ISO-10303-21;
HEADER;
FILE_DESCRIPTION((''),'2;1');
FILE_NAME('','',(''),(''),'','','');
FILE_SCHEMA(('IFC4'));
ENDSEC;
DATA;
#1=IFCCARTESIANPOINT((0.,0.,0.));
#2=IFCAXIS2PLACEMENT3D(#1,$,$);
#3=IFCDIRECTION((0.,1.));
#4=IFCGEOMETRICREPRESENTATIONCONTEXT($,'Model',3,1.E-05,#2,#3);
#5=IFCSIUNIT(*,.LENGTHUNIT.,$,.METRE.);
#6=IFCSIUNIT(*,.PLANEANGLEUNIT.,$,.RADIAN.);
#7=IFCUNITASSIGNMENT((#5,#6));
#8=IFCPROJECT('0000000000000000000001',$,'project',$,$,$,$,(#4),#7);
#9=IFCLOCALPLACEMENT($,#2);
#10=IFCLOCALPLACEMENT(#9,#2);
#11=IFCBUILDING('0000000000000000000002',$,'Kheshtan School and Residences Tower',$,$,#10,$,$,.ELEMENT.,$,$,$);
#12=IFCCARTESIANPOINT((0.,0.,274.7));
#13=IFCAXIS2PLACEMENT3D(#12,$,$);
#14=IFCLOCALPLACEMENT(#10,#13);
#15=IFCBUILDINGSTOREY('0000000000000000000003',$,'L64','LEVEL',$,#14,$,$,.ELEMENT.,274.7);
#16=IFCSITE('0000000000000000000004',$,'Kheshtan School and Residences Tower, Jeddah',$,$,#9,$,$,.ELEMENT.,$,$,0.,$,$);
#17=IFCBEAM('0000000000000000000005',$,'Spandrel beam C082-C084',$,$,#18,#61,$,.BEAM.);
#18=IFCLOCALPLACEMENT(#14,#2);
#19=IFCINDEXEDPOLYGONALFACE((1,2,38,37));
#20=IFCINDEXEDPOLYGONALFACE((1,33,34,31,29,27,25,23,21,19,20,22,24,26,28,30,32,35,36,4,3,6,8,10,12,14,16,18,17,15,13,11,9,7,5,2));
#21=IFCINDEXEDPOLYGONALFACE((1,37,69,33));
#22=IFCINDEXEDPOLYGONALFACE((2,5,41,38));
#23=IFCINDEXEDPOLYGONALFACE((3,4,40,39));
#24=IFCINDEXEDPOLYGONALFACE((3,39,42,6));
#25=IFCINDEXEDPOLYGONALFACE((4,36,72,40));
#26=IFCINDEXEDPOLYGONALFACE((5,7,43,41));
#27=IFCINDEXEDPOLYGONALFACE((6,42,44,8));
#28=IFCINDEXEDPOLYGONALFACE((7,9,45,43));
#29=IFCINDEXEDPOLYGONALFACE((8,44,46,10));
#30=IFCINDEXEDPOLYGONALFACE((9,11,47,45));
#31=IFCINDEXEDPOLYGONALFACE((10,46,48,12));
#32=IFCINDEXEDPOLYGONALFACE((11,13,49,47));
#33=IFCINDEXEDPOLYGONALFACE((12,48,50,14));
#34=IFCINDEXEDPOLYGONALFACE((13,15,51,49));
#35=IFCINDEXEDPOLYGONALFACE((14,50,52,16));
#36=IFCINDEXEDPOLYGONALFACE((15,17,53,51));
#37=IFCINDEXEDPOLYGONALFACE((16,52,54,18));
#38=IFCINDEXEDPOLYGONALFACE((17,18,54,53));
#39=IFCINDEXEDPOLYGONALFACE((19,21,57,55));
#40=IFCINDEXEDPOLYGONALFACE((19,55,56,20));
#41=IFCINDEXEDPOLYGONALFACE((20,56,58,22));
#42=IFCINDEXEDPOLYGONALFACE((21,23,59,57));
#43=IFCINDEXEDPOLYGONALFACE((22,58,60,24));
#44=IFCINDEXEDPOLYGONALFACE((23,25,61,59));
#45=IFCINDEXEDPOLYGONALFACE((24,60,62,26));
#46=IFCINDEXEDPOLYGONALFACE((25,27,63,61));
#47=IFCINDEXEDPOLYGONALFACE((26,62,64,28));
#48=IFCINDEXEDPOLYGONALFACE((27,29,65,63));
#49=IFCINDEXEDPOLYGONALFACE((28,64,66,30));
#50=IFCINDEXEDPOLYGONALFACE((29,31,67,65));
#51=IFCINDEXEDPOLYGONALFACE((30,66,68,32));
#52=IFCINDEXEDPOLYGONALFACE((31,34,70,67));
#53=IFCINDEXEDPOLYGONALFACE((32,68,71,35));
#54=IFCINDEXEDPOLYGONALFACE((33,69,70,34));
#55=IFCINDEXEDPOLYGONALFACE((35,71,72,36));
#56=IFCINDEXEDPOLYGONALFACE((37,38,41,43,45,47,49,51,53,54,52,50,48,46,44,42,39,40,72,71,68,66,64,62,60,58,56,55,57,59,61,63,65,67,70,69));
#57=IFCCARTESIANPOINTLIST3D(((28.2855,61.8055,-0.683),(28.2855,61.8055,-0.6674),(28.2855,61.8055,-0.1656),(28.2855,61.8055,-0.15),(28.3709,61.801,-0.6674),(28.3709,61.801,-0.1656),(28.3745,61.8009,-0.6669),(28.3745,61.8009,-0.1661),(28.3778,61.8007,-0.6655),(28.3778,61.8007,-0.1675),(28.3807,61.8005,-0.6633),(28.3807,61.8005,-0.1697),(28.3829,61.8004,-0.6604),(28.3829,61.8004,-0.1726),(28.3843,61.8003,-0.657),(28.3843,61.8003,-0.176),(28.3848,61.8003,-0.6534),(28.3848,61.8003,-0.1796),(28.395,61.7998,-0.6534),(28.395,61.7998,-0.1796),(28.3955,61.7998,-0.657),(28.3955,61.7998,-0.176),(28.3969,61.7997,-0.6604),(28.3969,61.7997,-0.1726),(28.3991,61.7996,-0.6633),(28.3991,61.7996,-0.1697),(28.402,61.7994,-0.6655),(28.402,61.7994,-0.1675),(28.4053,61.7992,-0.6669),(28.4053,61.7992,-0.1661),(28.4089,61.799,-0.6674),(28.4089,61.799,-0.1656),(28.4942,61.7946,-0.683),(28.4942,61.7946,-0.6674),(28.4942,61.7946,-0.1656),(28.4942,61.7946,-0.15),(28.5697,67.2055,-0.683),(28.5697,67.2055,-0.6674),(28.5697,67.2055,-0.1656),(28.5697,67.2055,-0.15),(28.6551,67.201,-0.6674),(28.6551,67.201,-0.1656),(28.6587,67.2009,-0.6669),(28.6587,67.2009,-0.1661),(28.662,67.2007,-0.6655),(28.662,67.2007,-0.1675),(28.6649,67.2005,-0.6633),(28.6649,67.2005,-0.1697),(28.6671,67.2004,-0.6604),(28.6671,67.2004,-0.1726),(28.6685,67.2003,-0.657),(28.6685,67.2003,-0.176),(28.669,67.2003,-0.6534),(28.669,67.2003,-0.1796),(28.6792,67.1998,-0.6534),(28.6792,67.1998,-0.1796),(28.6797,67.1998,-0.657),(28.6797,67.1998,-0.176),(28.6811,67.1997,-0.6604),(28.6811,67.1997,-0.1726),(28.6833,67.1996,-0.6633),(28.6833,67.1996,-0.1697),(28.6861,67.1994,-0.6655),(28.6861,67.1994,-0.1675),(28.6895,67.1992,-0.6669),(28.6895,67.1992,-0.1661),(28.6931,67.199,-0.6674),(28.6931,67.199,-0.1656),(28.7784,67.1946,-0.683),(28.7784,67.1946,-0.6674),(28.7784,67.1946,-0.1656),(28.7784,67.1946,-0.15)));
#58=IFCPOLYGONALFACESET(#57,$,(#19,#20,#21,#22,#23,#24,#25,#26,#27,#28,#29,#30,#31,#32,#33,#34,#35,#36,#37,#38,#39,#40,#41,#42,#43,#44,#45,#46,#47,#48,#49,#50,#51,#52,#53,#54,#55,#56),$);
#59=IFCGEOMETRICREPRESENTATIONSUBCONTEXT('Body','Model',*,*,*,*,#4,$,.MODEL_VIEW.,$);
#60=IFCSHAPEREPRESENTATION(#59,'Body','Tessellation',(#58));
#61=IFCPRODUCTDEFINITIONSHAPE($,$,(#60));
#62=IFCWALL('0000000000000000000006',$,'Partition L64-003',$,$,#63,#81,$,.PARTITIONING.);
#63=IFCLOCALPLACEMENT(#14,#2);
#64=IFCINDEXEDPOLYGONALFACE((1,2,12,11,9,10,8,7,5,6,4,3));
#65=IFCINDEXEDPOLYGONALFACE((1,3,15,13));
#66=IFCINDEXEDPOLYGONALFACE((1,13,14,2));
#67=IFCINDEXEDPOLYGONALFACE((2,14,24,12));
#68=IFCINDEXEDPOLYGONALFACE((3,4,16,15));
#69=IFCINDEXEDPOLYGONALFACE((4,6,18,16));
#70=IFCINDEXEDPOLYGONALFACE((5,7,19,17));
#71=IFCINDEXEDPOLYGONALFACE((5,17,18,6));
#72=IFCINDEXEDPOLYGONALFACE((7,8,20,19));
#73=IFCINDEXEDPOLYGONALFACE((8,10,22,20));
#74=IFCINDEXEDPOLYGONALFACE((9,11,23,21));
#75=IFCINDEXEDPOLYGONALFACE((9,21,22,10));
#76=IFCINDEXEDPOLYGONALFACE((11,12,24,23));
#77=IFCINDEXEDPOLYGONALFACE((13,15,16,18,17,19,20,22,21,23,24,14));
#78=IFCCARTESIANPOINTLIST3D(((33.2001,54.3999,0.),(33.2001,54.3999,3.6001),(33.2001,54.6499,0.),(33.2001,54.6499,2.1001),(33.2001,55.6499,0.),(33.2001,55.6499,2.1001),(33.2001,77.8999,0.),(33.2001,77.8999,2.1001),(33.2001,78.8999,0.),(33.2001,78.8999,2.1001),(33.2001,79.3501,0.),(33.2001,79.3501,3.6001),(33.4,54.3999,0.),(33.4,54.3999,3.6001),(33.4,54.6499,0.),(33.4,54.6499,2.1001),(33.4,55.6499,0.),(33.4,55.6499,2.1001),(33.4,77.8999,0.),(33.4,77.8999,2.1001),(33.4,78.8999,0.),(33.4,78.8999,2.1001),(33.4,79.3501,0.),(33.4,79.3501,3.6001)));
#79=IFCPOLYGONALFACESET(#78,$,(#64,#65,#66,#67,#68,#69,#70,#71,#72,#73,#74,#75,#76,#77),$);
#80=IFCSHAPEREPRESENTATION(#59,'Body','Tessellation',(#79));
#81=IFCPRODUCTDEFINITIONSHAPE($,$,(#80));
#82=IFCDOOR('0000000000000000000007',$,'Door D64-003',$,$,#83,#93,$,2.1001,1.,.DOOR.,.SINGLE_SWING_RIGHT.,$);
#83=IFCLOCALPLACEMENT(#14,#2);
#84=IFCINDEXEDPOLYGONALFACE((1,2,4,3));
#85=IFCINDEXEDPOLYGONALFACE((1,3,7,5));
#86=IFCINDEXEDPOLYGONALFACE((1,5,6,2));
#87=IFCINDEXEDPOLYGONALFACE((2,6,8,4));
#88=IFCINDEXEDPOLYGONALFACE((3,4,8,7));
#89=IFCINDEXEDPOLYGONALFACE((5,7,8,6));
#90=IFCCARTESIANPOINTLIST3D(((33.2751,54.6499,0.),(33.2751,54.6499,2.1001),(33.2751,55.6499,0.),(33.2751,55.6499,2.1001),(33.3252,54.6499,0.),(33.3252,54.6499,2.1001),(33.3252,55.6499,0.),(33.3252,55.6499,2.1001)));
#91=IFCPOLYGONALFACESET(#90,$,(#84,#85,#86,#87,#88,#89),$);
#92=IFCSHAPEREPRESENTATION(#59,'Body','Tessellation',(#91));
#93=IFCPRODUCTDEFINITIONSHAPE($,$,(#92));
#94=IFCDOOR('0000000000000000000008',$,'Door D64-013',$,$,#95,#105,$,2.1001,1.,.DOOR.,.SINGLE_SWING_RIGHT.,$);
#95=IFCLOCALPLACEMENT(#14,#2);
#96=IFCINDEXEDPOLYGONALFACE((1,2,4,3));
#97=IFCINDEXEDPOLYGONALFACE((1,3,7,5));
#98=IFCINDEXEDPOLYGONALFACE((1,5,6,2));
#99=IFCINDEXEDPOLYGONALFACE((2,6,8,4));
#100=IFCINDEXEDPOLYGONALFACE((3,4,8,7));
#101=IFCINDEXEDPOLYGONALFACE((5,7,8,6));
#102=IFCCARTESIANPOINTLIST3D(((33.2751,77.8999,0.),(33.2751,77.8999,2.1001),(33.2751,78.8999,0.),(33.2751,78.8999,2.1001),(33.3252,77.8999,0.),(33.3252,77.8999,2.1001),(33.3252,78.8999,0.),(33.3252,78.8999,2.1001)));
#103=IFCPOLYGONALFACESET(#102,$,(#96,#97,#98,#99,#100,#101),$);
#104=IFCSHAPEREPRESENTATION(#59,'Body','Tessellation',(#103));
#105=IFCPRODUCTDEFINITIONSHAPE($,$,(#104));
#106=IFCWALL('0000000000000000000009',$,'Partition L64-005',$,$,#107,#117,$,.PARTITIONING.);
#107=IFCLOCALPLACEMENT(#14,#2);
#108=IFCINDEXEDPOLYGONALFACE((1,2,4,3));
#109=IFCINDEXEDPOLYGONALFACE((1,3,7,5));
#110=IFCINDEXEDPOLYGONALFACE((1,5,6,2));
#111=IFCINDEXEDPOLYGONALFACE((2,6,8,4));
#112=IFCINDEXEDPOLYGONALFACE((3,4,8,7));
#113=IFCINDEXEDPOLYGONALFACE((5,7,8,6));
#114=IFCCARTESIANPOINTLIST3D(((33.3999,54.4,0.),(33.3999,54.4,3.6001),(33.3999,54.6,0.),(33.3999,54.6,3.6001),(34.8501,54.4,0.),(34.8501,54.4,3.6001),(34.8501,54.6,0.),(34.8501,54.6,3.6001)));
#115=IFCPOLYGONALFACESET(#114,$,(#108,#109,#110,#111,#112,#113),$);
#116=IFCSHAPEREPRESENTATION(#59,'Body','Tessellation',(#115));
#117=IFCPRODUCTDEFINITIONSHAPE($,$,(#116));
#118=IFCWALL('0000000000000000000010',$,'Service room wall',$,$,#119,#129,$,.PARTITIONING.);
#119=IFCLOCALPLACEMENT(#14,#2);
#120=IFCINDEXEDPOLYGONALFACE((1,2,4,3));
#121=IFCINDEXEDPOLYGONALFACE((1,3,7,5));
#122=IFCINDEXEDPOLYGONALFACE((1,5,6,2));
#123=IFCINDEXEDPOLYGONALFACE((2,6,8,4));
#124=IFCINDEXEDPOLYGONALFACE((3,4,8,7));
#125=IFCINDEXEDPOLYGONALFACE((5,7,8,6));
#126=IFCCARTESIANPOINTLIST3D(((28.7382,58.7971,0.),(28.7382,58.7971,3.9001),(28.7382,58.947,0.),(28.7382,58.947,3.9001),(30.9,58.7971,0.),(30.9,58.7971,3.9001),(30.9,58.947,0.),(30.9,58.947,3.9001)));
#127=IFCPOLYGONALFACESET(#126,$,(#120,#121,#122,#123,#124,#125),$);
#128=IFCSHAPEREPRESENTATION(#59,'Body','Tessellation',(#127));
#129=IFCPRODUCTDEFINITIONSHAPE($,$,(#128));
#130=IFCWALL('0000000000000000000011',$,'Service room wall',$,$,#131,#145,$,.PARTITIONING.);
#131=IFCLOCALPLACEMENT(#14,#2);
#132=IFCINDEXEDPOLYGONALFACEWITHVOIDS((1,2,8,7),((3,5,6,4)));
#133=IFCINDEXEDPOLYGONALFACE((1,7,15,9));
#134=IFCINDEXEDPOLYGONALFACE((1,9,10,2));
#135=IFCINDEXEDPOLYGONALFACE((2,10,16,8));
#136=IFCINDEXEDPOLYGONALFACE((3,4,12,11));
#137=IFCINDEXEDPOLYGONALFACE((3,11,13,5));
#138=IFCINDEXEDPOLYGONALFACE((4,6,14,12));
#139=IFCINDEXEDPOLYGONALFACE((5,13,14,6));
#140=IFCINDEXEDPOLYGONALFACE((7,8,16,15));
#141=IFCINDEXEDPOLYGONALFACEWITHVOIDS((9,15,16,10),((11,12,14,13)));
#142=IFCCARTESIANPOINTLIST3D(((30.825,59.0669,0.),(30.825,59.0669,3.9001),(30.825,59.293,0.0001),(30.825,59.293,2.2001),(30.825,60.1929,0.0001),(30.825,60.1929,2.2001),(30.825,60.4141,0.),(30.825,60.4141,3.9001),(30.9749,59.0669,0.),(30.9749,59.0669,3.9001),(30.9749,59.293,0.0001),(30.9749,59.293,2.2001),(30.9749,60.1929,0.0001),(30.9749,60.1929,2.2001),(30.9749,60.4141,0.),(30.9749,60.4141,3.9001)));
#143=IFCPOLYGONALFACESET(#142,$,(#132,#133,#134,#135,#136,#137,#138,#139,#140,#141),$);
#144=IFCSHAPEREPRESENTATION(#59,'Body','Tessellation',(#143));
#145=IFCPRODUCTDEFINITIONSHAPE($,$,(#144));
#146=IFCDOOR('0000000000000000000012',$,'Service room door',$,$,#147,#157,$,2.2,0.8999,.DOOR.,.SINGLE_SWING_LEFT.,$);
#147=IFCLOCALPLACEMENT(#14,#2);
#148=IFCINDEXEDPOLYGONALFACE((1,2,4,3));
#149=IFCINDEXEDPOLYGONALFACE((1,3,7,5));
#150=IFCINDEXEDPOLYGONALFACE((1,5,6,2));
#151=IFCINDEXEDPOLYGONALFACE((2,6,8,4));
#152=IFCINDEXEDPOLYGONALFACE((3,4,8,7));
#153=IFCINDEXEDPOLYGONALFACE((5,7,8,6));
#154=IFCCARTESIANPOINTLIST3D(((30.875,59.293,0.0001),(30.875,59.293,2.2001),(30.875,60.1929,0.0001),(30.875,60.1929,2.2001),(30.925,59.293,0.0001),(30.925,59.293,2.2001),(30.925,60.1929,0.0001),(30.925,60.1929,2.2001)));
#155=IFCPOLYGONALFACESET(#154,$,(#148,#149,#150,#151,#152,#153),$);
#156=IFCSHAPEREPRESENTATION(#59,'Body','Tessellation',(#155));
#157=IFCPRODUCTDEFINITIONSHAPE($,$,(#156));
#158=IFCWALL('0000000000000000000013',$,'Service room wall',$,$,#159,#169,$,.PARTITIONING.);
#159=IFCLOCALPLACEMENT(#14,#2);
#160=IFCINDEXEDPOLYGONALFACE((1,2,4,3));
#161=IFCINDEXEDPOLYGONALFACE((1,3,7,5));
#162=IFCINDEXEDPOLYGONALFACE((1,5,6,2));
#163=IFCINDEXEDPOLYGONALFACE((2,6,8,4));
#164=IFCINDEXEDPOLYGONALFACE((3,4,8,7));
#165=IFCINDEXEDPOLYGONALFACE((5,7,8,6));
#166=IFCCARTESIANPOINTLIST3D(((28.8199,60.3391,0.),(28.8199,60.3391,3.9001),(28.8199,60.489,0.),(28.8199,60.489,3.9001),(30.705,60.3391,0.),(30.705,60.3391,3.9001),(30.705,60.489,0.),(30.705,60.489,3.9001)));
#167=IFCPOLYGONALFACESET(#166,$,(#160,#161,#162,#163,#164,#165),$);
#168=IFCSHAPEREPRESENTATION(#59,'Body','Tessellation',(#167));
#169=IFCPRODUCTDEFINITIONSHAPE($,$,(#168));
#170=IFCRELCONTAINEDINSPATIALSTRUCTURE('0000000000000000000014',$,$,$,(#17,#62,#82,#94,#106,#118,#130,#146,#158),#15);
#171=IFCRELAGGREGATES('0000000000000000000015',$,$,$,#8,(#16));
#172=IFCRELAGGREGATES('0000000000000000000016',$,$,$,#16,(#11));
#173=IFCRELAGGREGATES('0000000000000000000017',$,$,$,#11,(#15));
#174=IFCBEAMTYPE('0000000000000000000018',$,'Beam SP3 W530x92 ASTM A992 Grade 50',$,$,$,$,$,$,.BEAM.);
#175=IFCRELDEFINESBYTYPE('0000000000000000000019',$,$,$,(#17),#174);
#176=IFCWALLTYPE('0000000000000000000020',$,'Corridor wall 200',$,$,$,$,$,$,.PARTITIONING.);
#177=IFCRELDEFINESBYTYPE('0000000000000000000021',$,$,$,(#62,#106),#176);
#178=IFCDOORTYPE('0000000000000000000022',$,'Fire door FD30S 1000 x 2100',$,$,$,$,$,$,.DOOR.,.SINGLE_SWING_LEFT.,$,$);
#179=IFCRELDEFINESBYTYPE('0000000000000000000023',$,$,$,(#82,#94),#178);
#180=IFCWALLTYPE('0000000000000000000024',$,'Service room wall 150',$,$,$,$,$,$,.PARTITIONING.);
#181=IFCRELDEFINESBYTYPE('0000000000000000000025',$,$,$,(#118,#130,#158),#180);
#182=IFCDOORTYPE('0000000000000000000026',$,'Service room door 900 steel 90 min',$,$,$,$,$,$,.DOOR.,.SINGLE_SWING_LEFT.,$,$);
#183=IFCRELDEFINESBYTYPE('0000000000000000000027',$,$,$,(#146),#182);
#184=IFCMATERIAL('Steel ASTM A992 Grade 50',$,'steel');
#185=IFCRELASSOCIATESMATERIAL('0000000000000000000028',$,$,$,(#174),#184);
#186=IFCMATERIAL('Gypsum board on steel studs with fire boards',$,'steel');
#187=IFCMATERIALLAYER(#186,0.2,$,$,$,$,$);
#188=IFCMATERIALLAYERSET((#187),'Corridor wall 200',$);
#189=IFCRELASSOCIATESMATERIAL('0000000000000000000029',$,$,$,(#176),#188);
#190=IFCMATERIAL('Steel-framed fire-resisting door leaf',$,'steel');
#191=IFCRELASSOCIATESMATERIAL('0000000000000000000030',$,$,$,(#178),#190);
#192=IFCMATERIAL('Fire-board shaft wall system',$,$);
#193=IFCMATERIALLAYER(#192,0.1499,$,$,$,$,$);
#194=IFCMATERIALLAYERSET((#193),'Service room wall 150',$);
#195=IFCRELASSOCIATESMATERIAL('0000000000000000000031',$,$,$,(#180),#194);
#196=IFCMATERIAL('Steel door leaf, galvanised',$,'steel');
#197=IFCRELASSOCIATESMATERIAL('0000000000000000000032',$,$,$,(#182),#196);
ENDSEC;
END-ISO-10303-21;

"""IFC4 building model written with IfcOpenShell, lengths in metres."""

from ifc_helpers import new_model, si_unit, direction, frame, frame_2d, origin, origin_2d, place, context, subcontext, project, spatial, rectangle, i_section, extrude, source, transform, mapped, material, layer, layer_set, material_profile, profile_set, type_object, element, fill, save


model = new_model("IFC4")

# Units and contexts
model_context = context("Model", 3, precision=1e-05, world=origin(), true_north=direction((0.0, 1.0)))
body_context = subcontext(model_context, "Body", "Model", "MODEL_VIEW")
ifc_project = project(units=[si_unit("LENGTHUNIT", "METRE"), si_unit("PLANEANGLEUNIT", "RADIAN")], contexts=[model_context])

# Site, building, storey
site_placement = place(None, origin())
site = spatial("IfcSite", under=ifc_project, at=site_placement, Name="Kheshtan School and Residences Tower, Jeddah", CompositionType="ELEMENT", RefElevation=0.0)
building_placement = place(site_placement, origin())
building = spatial("IfcBuilding", under=site, at=building_placement, Name="Kheshtan School and Residences Tower", CompositionType="ELEMENT")
storey_placement = place(building_placement, frame((0.0, 0.0, 274.7)))
storey = spatial("IfcBuildingStorey", under=building, at=storey_placement, Name="L64", Description="LEVEL", CompositionType="ELEMENT", Elevation=274.7)

# Shared definitions
ifc_material_1 = material(Name="Steel ASTM A992 Grade 50", Category="steel")

# Beam
ifc_material_profile_1 = material_profile(ifc_material_1, i_section(OverallWidth=0.209, OverallDepth=0.533, WebThickness=0.0103, FlangeThickness=0.0156, FilletRadius=0.0139, at=origin_2d()), Name="W530x92")
ifc_profile_set_1 = profile_set([ifc_material_profile_1], Name="Steel ASTM A992 Grade 50")
beam_type_1 = type_object("IfcBeamType", Name="Beam SP3 W530x92 ASTM A992 Grade 50", PredefinedType="BEAM", material=ifc_profile_set_1)
beam_1_placement = place(storey_placement, frame((28.3899, 61.8, -0.4165), z_axis=(0.052554, 0.998618, 0.0), x_axis=(-0.998618, 0.052554, 0.0)))
element("IfcBeam", 1, at=beam_1_placement, inside=storey, type_object=beam_type_1, Name="Spandrel beam C082-C084", PredefinedType="BEAM", context=body_context, shape_type="SweptSolid", body=[
    extrude(i_section(OverallWidth=0.209, OverallDepth=0.533, WebThickness=0.0103, FlangeThickness=0.0156, FilletRadius=0.0139, at=origin_2d()), origin(), (0.0, 0.0, 1.0), 5.4075),
])

# Wall, openings, doors
ifc_material_2 = material(Name="Gypsum board on steel studs with fire boards", Category="steel")
ifc_layer_1 = layer(ifc_material_2, 0.2)
ifc_layer_set_1 = layer_set([ifc_layer_1], Name="Corridor wall 200")
wall_type_1 = type_object("IfcWallType", Name="Corridor wall 200", PredefinedType="PARTITIONING", material=ifc_layer_set_1)
wall_1_placement = place(storey_placement, frame((33.3, 54.3999, 0.0), z_axis=(0.0, 0.0, 1.0), x_axis=(0.0, 1.0, 0.0)))
wall_1 = element("IfcWall", 2, at=wall_1_placement, inside=storey, type_object=wall_type_1, Name="Partition L64-003", PredefinedType="PARTITIONING", context=body_context, shape_type="SweptSolid", body=[
    extrude(rectangle(XDim=24.9502, YDim=0.2, at=frame_2d((12.4751, 0.0))), origin(), (0.0, 0.0, 1.0), 3.6001),
])
opening_1_placement = place(wall_1_placement, frame((0.25, 0.0, 0.0)))
opening_1 = element("IfcOpeningElement", 3, at=opening_1_placement, cuts=wall_1, PredefinedType="OPENING", context=body_context, shape_type="SweptSolid", body=[
    extrude(rectangle(XDim=1.0, YDim=2.1001, at=frame_2d((0.5, 1.05))), frame((0.0, 0.1099, 0.0), z_axis=(0.0, -1.0, 0.0), x_axis=(1.0, 0.0, 0.0)), (0.0, 0.0, 1.0), 0.22),
])
opening_2_placement = place(wall_1_placement, frame((23.5, 0.0, 0.0)))
opening_2 = element("IfcOpeningElement", 4, at=opening_2_placement, cuts=wall_1, PredefinedType="OPENING", context=body_context, shape_type="SweptSolid", body=[
    extrude(rectangle(XDim=1.0, YDim=2.1001, at=frame_2d((0.5, 1.05))), frame((0.0, 0.1099, 0.0), z_axis=(0.0, -1.0, 0.0), x_axis=(1.0, 0.0, 0.0)), (0.0, 0.0, 1.0), 0.22),
])
ifc_material_3 = material(Name="Steel-framed fire-resisting door leaf", Category="steel")
door_type_1 = type_object("IfcDoorType", Name="Fire door FD30S 1000 x 2100", OperationType="SINGLE_SWING_LEFT", PredefinedType="DOOR", material=ifc_material_3)
shared_shape_1 = source(origin(), body_context, "Body", "SweptSolid", [
    extrude(rectangle(XDim=1.0, YDim=2.1001, at=frame_2d((0.5, 1.05))), frame((0.0, 0.0249, 0.0), z_axis=(0.0, -1.0, 0.0), x_axis=(1.0, 0.0, 0.0)), (0.0, 0.0, 1.0), 0.05),
])
door_1_placement = place(opening_1_placement, origin())
door_1 = element("IfcDoor", 5, at=door_1_placement, inside=storey, type_object=door_type_1, Name="Door D64-003", OperationType="SINGLE_SWING_RIGHT", OverallHeight=2.1001, OverallWidth=1.0, PredefinedType="DOOR", context=body_context, shape_type="MappedRepresentation", body=[
    mapped(shared_shape_1, transform((0.0, 0.0, 0.0), x_axis=(1.0, 0.0, 0.0), y_axis=(0.0, 1.0, 0.0), z_axis=(0.0, 0.0, 1.0), scale=1.0)),
])
fill(opening_1, door_1)
door_2_placement = place(opening_2_placement, origin())
door_2 = element("IfcDoor", 6, at=door_2_placement, inside=storey, type_object=door_type_1, Name="Door D64-013", OperationType="SINGLE_SWING_RIGHT", OverallHeight=2.1001, OverallWidth=1.0, PredefinedType="DOOR", context=body_context, shape_type="MappedRepresentation", body=[
    mapped(shared_shape_1, transform((0.0, 0.0, 0.0), x_axis=(1.0, 0.0, 0.0), y_axis=(0.0, 1.0, 0.0), z_axis=(0.0, 0.0, 1.0), scale=1.0)),
])
fill(opening_2, door_2)

# Walls
wall_2_placement = place(storey_placement, frame((33.3999, 54.5, 0.0), z_axis=(0.0, 0.0, 1.0), x_axis=(1.0, 0.0, 0.0)))
element("IfcWall", 7, at=wall_2_placement, inside=storey, type_object=wall_type_1, Name="Partition L64-005", PredefinedType="PARTITIONING", context=body_context, shape_type="SweptSolid", body=[
    extrude(rectangle(XDim=1.4502, YDim=0.2, at=frame_2d((0.7251, 0.0))), origin(), (0.0, 0.0, 1.0), 3.6001),
])
ifc_material_4 = material(Name="Fire-board shaft wall system")
ifc_layer_2 = layer(ifc_material_4, 0.1499)
ifc_layer_set_2 = layer_set([ifc_layer_2], Name="Service room wall 150")
wall_type_2 = type_object("IfcWallType", Name="Service room wall 150", PredefinedType="PARTITIONING", material=ifc_layer_set_2)
wall_3_placement = place(storey_placement, frame((28.738, 58.8721, 0.0), z_axis=(0.0, 0.0, 1.0), x_axis=(1.0, 0.0, 0.0)))
element("IfcWall", 8, at=wall_3_placement, inside=storey, type_object=wall_type_2, Name="Service room wall", PredefinedType="PARTITIONING", context=body_context, shape_type="SweptSolid", body=[
    extrude(rectangle(XDim=2.1619, YDim=0.1499, at=frame_2d((1.0811, 0.0))), origin(), (0.0, 0.0, 1.0), 3.9001),
])

# Wall, opening, door
wall_4_placement = place(storey_placement, frame((30.8999, 59.0669, 0.0), z_axis=(0.0, 0.0, 1.0), x_axis=(0.0, 1.0, 0.0)))
wall_4 = element("IfcWall", 9, at=wall_4_placement, inside=storey, type_object=wall_type_2, Name="Service room wall", PredefinedType="PARTITIONING", context=body_context, shape_type="SweptSolid", body=[
    extrude(rectangle(XDim=1.3472, YDim=0.1499, at=frame_2d((0.6736, 0.0))), origin(), (0.0, 0.0, 1.0), 3.9001),
])
opening_3_placement = place(wall_4_placement, frame((0.2261, 0.0, 0.0)))
opening_3 = element("IfcOpeningElement", 10, at=opening_3_placement, cuts=wall_4, PredefinedType="OPENING", context=body_context, shape_type="SweptSolid", body=[
    extrude(rectangle(XDim=0.8999, YDim=2.2, at=frame_2d((0.45, 1.1001))), frame((0.0, 0.085, 0.0), z_axis=(0.0, -1.0, 0.0), x_axis=(1.0, 0.0, 0.0)), (0.0, 0.0, 1.0), 0.1699),
])
ifc_material_5 = material(Name="Steel door leaf, galvanised", Category="steel")
door_type_2 = type_object("IfcDoorType", Name="Service room door 900 steel 90 min", OperationType="SINGLE_SWING_LEFT", PredefinedType="DOOR", material=ifc_material_5)
shared_shape_2 = source(origin(), body_context, "Body", "SweptSolid", [
    extrude(rectangle(XDim=0.8999, YDim=2.2, at=frame_2d((0.45, 1.1001))), frame((0.0, 0.0249, 0.0), z_axis=(0.0, -1.0, 0.0), x_axis=(1.0, 0.0, 0.0)), (0.0, 0.0, 1.0), 0.05),
])
door_3_placement = place(opening_3_placement, origin())
door_3 = element("IfcDoor", 11, at=door_3_placement, inside=storey, type_object=door_type_2, Name="Service room door", OperationType="SINGLE_SWING_LEFT", OverallHeight=2.2, OverallWidth=0.8999, PredefinedType="DOOR", context=body_context, shape_type="MappedRepresentation", body=[
    mapped(shared_shape_2, transform((0.0, 0.0, 0.0), x_axis=(1.0, 0.0, 0.0), y_axis=(0.0, 1.0, 0.0), z_axis=(0.0, 0.0, 1.0), scale=1.0)),
])
fill(opening_3, door_3)

# Wall
wall_5_placement = place(storey_placement, frame((28.8201, 60.4141, 0.0), z_axis=(0.0, 0.0, 1.0), x_axis=(1.0, 0.0, 0.0)))
element("IfcWall", 12, at=wall_5_placement, inside=storey, type_object=wall_type_2, Name="Service room wall", PredefinedType="PARTITIONING", context=body_context, shape_type="SweptSolid", body=[
    extrude(rectangle(XDim=1.885, YDim=0.1499, at=frame_2d((0.9424, 0.0))), origin(), (0.0, 0.0, 1.0), 3.9001),
])

save(model, "model.ifc")
